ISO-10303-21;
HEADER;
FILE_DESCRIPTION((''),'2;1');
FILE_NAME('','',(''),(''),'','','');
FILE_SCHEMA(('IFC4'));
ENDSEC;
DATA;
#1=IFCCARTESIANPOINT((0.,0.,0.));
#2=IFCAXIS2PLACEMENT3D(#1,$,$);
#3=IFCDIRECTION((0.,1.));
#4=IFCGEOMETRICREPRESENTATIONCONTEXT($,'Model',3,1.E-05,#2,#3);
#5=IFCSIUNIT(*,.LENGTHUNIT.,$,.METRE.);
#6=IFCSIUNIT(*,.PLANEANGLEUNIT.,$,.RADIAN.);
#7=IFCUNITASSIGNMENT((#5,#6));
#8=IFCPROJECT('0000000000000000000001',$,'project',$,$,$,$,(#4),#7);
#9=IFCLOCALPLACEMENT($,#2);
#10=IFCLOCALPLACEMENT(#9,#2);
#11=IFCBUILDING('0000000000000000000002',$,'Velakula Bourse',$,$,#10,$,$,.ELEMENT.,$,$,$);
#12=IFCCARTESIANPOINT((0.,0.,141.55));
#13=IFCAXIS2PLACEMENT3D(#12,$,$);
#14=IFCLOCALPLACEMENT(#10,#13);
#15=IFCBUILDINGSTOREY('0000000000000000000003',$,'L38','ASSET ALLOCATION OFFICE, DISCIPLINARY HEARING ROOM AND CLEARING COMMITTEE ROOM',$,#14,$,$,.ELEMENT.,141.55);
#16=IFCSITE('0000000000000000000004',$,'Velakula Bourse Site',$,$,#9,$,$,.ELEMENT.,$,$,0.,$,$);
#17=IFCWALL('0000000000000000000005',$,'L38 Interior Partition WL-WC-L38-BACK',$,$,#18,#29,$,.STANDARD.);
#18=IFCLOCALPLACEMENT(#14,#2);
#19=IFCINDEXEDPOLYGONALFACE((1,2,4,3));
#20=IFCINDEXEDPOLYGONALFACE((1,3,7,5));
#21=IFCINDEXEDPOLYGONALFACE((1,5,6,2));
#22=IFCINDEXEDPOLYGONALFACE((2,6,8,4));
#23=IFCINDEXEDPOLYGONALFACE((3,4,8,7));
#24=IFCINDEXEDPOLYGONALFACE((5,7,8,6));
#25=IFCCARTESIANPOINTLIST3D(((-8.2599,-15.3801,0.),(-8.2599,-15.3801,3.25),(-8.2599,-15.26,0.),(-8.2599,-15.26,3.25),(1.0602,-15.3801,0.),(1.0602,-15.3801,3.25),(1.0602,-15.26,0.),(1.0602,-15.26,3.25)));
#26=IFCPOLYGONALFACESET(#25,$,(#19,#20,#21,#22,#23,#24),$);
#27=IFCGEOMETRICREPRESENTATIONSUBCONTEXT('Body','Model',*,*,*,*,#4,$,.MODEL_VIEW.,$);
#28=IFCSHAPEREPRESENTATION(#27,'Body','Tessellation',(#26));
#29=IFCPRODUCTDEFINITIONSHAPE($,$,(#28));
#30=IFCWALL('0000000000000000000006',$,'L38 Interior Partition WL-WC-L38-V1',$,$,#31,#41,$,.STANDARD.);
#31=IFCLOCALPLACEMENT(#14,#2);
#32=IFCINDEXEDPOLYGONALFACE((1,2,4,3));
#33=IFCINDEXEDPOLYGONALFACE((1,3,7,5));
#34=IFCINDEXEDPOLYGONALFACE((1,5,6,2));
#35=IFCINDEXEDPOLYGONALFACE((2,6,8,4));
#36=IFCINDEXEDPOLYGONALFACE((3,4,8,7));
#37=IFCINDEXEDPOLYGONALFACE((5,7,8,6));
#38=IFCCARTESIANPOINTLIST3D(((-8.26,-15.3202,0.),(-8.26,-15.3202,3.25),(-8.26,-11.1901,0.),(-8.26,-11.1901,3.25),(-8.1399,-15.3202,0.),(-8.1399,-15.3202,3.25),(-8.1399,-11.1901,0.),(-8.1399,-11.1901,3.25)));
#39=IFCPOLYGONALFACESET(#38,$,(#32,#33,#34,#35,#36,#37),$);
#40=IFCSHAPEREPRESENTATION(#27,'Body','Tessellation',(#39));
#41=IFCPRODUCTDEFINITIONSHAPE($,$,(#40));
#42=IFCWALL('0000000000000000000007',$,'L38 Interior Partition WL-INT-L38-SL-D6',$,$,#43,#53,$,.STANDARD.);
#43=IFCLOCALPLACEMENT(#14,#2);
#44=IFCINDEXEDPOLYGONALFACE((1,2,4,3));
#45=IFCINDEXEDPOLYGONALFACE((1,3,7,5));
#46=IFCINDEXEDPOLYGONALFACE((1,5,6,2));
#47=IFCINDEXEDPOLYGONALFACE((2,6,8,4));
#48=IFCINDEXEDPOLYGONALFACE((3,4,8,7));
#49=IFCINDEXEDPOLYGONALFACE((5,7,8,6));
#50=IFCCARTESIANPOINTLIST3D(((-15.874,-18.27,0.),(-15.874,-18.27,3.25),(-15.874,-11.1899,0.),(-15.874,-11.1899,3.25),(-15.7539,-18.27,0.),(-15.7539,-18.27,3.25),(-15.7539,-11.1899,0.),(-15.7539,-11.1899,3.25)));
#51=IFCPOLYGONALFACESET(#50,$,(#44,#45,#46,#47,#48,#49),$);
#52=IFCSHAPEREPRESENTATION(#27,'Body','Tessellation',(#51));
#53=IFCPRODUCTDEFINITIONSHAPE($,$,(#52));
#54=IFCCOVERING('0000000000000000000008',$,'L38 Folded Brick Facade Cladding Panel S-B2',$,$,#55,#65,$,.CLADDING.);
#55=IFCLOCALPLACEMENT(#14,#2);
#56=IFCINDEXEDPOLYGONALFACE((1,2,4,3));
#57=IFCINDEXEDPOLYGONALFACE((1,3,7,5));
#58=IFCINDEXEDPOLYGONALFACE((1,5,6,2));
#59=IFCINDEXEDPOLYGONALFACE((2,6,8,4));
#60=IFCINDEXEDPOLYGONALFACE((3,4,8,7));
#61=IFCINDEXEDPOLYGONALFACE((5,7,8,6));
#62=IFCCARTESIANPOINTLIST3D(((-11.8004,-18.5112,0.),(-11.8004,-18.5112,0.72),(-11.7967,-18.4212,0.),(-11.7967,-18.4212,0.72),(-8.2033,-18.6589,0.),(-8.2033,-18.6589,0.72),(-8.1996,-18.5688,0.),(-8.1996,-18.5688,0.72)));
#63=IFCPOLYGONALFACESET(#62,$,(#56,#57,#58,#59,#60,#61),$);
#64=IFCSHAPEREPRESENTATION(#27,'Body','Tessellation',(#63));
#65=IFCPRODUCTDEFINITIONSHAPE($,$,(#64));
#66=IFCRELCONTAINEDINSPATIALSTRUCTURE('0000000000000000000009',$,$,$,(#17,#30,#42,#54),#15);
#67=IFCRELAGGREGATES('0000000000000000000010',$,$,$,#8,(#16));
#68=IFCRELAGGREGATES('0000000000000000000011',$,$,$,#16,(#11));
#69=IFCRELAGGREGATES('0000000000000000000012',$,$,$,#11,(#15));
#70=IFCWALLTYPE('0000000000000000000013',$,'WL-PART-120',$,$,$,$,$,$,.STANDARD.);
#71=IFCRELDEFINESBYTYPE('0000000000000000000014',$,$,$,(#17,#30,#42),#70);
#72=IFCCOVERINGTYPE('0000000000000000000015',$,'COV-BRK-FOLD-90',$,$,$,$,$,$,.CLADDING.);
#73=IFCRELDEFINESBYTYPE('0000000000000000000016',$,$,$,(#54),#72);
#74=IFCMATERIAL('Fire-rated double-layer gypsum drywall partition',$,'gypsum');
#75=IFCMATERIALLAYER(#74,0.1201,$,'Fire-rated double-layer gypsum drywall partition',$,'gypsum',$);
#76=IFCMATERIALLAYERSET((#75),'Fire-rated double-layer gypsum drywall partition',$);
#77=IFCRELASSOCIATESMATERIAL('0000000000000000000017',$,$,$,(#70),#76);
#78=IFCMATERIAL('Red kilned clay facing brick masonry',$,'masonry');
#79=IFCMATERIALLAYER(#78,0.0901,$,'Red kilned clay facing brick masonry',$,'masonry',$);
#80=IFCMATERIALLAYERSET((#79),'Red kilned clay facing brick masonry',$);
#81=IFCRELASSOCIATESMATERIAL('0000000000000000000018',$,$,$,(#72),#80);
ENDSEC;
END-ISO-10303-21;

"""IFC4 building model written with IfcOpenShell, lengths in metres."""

from ifc_helpers import new_model, si_unit, direction, frame, frame_2d, origin, origin_2d, place, context, subcontext, project, spatial, rectangle, extrude, material, layer, layer_set, type_object, element, save


model = new_model("IFC4")

# Units and contexts
model_context = context("Model", 3, precision=1e-05, world=origin(), true_north=direction((0.0, 1.0)))
body_context = subcontext(model_context, "Body", "Model", "MODEL_VIEW")
ifc_project = project(units=[si_unit("LENGTHUNIT", "METRE"), si_unit("PLANEANGLEUNIT", "RADIAN")], contexts=[model_context])

# Site, building, storey
site_placement = place(None, origin())
site = spatial("IfcSite", under=ifc_project, at=site_placement, Name="Velakula Bourse Site", CompositionType="ELEMENT", RefElevation=0.0)
building_placement = place(site_placement, origin())
building = spatial("IfcBuilding", under=site, at=building_placement, Name="Velakula Bourse", CompositionType="ELEMENT")
storey_placement = place(building_placement, frame((0.0, 0.0, 141.55)))
storey = spatial("IfcBuildingStorey", under=building, at=storey_placement, Name="L38", Description="ASSET ALLOCATION OFFICE, DISCIPLINARY HEARING ROOM AND CLEARING COMMITTEE ROOM", CompositionType="ELEMENT", Elevation=141.55)

# Shared definitions
ifc_material_1 = material(Name="Red kilned clay facing brick masonry", Category="masonry")

# Walls
ifc_material_2 = material(Name="Fire-rated double-layer gypsum drywall partition", Category="gypsum")
ifc_layer_1 = layer(ifc_material_2, 0.1201, Name="Fire-rated double-layer gypsum drywall partition", Category="gypsum")
ifc_layer_set_1 = layer_set([ifc_layer_1], Name="Fire-rated double-layer gypsum drywall partition")
wall_type_1 = type_object("IfcWallType", Name="WL-PART-120", PredefinedType="STANDARD", material=ifc_layer_set_1)
wall_1_placement = place(storey_placement, frame((-8.26, -15.3201, 0.0), z_axis=(0.0, 0.0, 1.0), x_axis=(1.0, 0.0, 0.0)))
element("IfcWall", 1, at=wall_1_placement, inside=storey, type_object=wall_type_1, Name="L38 Interior Partition WL-WC-L38-BACK", PredefinedType="STANDARD", context=body_context, shape_type="SweptSolid", body=[
    extrude(rectangle(XDim=9.3201, YDim=0.1201, at=frame_2d((4.6602, 0.0))), origin(), (0.0, 0.0, 1.0), 3.25),
])
wall_2_placement = place(storey_placement, frame((-8.2, -15.3201, 0.0), z_axis=(0.0, 0.0, 1.0), x_axis=(0.0, 1.0, 0.0)))
element("IfcWall", 2, at=wall_2_placement, inside=storey, type_object=wall_type_1, Name="L38 Interior Partition WL-WC-L38-V1", PredefinedType="STANDARD", context=body_context, shape_type="SweptSolid", body=[
    extrude(rectangle(XDim=4.1301, YDim=0.1201, at=frame_2d((2.0649, 0.0))), origin(), (0.0, 0.0, 1.0), 3.25),
])
wall_3_placement = place(storey_placement, frame((-15.814, -18.27, 0.0), z_axis=(0.0, 0.0, 1.0), x_axis=(0.0, 1.0, 0.0)))
element("IfcWall", 3, at=wall_3_placement, inside=storey, type_object=wall_type_1, Name="L38 Interior Partition WL-INT-L38-SL-D6", PredefinedType="STANDARD", context=body_context, shape_type="SweptSolid", body=[
    extrude(rectangle(XDim=7.0801, YDim=0.1201, at=frame_2d((3.54, 0.0))), origin(), (0.0, 0.0, 1.0), 3.25),
])

# Covering
ifc_layer_2 = layer(ifc_material_1, 0.0901, Name="Red kilned clay facing brick masonry", Category="masonry")
ifc_layer_set_2 = layer_set([ifc_layer_2], Name="Red kilned clay facing brick masonry")
covering_type = type_object("IfcCoveringType", Name="COV-BRK-FOLD-90", PredefinedType="CLADDING", material=ifc_layer_set_2)
covering_placement = place(storey_placement, frame((-10.0, -18.54, 0.0), z_axis=(0.0, 0.0, 1.0), x_axis=(0.999159, -0.041004, 0.0)))
element("IfcCovering", 4, at=covering_placement, inside=storey, type_object=covering_type, Name="L38 Folded Brick Facade Cladding Panel S-B2", PredefinedType="CLADDING", context=body_context, shape_type="SweptSolid", body=[
    extrude(rectangle(XDim=3.6001, YDim=0.0901, at=origin_2d()), origin(), (0.0, 0.0, 1.0), 0.72),
])

save(model, "model.ifc")
